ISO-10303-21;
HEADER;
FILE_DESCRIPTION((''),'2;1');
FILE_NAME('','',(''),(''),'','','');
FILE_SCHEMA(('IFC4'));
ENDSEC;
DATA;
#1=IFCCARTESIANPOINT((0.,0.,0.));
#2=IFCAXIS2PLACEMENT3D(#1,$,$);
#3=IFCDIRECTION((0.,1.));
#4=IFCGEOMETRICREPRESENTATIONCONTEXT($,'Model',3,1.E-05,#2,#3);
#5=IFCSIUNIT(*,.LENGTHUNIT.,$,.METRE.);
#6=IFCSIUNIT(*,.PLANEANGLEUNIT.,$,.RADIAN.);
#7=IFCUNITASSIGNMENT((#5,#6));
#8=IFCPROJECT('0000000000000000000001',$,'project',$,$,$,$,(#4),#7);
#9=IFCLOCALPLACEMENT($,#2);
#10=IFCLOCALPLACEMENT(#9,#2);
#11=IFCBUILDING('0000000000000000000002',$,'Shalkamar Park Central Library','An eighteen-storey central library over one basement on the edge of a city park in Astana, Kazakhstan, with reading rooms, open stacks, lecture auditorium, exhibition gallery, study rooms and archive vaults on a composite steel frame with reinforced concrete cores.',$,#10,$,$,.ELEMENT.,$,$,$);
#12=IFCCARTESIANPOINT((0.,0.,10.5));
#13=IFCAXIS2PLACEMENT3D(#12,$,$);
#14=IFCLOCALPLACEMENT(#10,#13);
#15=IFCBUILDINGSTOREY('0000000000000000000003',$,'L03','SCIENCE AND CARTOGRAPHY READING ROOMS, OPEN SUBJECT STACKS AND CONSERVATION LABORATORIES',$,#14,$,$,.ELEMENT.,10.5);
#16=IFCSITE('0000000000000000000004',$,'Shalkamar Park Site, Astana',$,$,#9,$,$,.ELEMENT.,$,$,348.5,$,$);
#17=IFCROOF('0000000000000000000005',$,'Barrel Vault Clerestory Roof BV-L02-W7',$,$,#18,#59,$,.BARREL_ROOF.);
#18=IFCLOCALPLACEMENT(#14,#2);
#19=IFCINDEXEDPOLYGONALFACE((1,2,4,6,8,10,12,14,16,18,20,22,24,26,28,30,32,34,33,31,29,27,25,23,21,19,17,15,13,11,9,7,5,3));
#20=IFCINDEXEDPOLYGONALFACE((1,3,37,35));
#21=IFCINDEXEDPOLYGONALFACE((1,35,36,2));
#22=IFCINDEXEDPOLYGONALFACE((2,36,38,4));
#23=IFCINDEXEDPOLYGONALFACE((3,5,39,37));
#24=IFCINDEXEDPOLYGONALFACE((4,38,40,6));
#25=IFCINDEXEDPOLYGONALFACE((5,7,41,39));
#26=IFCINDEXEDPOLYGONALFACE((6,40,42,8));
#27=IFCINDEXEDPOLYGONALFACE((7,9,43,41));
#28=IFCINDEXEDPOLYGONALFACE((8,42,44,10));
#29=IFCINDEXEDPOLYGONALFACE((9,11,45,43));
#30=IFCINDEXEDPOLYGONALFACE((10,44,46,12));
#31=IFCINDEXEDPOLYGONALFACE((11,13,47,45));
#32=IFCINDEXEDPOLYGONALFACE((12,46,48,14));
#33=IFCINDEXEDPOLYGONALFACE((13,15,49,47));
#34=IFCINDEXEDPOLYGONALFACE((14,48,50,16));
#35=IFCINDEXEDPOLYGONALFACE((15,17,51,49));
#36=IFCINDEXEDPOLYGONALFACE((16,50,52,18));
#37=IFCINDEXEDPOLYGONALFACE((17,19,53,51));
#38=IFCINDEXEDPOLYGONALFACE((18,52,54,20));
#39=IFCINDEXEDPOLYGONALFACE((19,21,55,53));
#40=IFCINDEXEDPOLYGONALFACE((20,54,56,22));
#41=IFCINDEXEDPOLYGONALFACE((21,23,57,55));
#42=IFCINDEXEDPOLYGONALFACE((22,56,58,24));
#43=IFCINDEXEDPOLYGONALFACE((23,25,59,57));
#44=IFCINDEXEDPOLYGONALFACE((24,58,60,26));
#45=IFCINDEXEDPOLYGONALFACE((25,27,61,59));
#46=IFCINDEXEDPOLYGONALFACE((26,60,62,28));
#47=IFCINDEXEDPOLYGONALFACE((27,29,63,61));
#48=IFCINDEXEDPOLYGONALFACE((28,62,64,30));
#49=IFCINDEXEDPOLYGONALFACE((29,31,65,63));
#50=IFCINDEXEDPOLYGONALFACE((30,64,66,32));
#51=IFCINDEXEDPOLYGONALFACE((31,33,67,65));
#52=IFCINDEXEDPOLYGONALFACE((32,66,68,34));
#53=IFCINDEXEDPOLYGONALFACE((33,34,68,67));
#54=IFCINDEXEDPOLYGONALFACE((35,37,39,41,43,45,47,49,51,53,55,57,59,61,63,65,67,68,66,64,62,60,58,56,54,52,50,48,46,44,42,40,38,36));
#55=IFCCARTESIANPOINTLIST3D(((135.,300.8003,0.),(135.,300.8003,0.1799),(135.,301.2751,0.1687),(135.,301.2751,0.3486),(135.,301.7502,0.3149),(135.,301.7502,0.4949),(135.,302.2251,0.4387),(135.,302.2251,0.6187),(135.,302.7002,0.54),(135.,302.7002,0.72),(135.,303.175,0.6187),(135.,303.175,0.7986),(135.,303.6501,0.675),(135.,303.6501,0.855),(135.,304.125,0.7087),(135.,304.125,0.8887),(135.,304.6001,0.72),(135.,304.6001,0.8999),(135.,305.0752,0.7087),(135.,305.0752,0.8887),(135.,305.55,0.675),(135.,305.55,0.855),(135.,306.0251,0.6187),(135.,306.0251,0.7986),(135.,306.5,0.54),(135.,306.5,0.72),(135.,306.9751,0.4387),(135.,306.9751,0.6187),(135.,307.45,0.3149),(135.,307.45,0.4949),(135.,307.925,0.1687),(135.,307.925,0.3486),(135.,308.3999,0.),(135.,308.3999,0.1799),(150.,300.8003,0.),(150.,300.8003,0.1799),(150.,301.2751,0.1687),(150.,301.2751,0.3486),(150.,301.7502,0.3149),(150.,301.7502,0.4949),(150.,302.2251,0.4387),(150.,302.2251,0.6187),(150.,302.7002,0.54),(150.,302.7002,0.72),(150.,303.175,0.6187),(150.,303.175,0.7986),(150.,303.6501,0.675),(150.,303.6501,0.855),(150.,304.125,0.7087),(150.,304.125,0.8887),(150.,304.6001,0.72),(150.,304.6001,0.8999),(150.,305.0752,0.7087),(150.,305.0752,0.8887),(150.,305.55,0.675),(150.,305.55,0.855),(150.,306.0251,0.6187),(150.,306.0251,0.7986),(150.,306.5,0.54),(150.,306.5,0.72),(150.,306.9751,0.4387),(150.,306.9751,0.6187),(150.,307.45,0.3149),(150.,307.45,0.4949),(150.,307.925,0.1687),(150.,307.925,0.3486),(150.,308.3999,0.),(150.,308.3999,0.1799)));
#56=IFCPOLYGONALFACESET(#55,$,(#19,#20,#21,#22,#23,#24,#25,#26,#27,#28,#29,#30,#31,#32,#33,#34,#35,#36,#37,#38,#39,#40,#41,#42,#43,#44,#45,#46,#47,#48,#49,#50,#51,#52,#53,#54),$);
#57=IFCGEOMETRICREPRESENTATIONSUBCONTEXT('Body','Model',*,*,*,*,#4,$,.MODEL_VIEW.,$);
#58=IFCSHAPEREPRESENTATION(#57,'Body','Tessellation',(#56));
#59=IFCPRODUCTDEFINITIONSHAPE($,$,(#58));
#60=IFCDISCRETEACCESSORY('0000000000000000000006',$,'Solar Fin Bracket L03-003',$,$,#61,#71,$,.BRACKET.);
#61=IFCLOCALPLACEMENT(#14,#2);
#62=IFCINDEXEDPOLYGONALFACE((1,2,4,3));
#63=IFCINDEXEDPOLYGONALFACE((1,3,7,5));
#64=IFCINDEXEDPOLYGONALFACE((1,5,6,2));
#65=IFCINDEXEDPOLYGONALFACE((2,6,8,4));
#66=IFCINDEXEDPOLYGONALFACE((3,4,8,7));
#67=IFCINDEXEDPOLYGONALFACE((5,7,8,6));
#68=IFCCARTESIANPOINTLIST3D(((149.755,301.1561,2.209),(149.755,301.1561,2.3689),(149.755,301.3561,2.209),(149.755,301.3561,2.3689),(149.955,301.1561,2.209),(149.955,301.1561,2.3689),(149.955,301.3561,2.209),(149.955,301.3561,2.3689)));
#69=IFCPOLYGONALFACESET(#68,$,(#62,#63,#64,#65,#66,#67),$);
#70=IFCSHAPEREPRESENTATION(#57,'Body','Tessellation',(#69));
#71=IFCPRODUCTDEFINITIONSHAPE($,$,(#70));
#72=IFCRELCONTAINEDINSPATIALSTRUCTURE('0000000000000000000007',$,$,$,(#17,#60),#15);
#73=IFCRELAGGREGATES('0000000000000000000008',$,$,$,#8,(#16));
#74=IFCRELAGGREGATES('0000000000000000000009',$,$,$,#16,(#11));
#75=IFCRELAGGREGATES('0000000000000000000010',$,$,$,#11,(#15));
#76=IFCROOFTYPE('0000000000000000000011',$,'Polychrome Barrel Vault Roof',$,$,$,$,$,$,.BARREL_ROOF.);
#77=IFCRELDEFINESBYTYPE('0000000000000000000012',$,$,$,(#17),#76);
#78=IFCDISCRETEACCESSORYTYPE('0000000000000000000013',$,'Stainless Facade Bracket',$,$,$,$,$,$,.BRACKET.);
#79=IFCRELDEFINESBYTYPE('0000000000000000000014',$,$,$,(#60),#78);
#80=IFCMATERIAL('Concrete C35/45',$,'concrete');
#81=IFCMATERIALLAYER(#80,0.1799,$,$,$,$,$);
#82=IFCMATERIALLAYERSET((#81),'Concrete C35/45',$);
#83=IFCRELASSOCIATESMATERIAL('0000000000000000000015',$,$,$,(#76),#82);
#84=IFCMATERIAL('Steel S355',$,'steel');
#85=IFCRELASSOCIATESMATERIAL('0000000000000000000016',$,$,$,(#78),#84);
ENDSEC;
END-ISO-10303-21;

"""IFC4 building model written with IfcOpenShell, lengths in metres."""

from ifc_helpers import new_model, si_unit, direction, frame, origin, origin_2d, place, context, subcontext, project, spatial, polyline, rectangle, outline, extrude, material, layer, layer_set, type_object, element, save


model = new_model("IFC4")

# Units and contexts
model_context = context("Model", 3, precision=1e-05, world=origin(), true_north=direction((0.0, 1.0)))
body_context = subcontext(model_context, "Body", "Model", "MODEL_VIEW")
ifc_project = project(units=[si_unit("LENGTHUNIT", "METRE"), si_unit("PLANEANGLEUNIT", "RADIAN")], contexts=[model_context])

# Site, building, storey
site_placement = place(None, origin())
site = spatial("IfcSite", under=ifc_project, at=site_placement, Name="Shalkamar Park Site, Astana", CompositionType="ELEMENT", RefElevation=348.5)
building_placement = place(site_placement, origin())
building = spatial("IfcBuilding", under=site, at=building_placement, Name="Shalkamar Park Central Library", Description="An eighteen-storey central library over one basement on the edge of a city park in Astana, Kazakhstan, with reading rooms, open stacks, lecture auditorium, exhibition gallery, study rooms and archive vaults on a composite steel frame with reinforced concrete cores.", CompositionType="ELEMENT")
storey_placement = place(building_placement, frame((0.0, 0.0, 10.5)))
storey = spatial("IfcBuildingStorey", under=building, at=storey_placement, Name="L03", Description="SCIENCE AND CARTOGRAPHY READING ROOMS, OPEN SUBJECT STACKS AND CONSERVATION LABORATORIES", CompositionType="ELEMENT", Elevation=10.5)

# Shared definitions
ifc_material_1 = material(Name="Steel S355", Category="steel")

# Roof
ifc_material_2 = material(Name="Concrete C35/45", Category="concrete")
ifc_layer = layer(ifc_material_2, 0.1799)
ifc_layer_set = layer_set([ifc_layer], Name="Concrete C35/45")
roof_type = type_object("IfcRoofType", Name="Polychrome Barrel Vault Roof", PredefinedType="BARREL_ROOF", material=ifc_layer_set)
roof_placement = place(storey_placement, frame((135.0, 304.6001, 0.0), z_axis=(0.0, 0.0, 1.0), x_axis=(1.0, 0.0, 0.0)))
element("IfcRoof", 1, at=roof_placement, inside=storey, type_object=roof_type, Name="Barrel Vault Clerestory Roof BV-L02-W7", PredefinedType="BARREL_ROOF", context=body_context, shape_type="SweptSolid", body=[
    extrude(outline(polyline([(-3.7998, 0.1799), (-3.325, 0.3486), (-2.8499, 0.4949), (-2.375, 0.6187), (-1.8999, 0.72), (-1.425, 0.7986), (-0.95, 0.855), (-0.4751, 0.8887), (0.0, 0.8999), (0.4751, 0.8887), (0.95, 0.855), (1.425, 0.7986), (1.8999, 0.72), (2.375, 0.6187), (2.8499, 0.4949), (3.325, 0.3486), (3.7998, 0.1799), (3.7998, 0.0), (3.325, 0.1687), (2.8499, 0.3149), (2.375, 0.4387), (1.8999, 0.54), (1.425, 0.6187), (0.95, 0.675), (0.4751, 0.7087), (0.0, 0.72), (-0.4751, 0.7087), (-0.95, 0.675), (-1.425, 0.6187), (-1.8999, 0.54), (-2.375, 0.4387), (-2.8499, 0.3149), (-3.325, 0.1687), (-3.7998, 0.0), (-3.7998, 0.1799)])), frame((0.0, 0.0, 0.0), z_axis=(1.0, 0.0, 0.0), x_axis=(0.0, 1.0, 0.0)), (0.0, 0.0, 1.0), 15.0),
])

# Discrete accessory
discrete_accessory_type = type_object("IfcDiscreteAccessoryType", Name="Stainless Facade Bracket", PredefinedType="BRACKET", material=ifc_material_1)
discrete_accessory_placement = place(storey_placement, frame((149.855, 301.2561, 2.209), z_axis=(0.0, 0.0, 1.0), x_axis=(1.0, 0.0, 0.0)))
element("IfcDiscreteAccessory", 2, at=discrete_accessory_placement, inside=storey, type_object=discrete_accessory_type, Name="Solar Fin Bracket L03-003", PredefinedType="BRACKET", context=body_context, shape_type="SweptSolid", body=[
    extrude(rectangle(XDim=0.2, YDim=0.2, at=origin_2d()), origin(), (0.0, 0.0, 1.0), 0.1599),
])

save(model, "model.ifc")
